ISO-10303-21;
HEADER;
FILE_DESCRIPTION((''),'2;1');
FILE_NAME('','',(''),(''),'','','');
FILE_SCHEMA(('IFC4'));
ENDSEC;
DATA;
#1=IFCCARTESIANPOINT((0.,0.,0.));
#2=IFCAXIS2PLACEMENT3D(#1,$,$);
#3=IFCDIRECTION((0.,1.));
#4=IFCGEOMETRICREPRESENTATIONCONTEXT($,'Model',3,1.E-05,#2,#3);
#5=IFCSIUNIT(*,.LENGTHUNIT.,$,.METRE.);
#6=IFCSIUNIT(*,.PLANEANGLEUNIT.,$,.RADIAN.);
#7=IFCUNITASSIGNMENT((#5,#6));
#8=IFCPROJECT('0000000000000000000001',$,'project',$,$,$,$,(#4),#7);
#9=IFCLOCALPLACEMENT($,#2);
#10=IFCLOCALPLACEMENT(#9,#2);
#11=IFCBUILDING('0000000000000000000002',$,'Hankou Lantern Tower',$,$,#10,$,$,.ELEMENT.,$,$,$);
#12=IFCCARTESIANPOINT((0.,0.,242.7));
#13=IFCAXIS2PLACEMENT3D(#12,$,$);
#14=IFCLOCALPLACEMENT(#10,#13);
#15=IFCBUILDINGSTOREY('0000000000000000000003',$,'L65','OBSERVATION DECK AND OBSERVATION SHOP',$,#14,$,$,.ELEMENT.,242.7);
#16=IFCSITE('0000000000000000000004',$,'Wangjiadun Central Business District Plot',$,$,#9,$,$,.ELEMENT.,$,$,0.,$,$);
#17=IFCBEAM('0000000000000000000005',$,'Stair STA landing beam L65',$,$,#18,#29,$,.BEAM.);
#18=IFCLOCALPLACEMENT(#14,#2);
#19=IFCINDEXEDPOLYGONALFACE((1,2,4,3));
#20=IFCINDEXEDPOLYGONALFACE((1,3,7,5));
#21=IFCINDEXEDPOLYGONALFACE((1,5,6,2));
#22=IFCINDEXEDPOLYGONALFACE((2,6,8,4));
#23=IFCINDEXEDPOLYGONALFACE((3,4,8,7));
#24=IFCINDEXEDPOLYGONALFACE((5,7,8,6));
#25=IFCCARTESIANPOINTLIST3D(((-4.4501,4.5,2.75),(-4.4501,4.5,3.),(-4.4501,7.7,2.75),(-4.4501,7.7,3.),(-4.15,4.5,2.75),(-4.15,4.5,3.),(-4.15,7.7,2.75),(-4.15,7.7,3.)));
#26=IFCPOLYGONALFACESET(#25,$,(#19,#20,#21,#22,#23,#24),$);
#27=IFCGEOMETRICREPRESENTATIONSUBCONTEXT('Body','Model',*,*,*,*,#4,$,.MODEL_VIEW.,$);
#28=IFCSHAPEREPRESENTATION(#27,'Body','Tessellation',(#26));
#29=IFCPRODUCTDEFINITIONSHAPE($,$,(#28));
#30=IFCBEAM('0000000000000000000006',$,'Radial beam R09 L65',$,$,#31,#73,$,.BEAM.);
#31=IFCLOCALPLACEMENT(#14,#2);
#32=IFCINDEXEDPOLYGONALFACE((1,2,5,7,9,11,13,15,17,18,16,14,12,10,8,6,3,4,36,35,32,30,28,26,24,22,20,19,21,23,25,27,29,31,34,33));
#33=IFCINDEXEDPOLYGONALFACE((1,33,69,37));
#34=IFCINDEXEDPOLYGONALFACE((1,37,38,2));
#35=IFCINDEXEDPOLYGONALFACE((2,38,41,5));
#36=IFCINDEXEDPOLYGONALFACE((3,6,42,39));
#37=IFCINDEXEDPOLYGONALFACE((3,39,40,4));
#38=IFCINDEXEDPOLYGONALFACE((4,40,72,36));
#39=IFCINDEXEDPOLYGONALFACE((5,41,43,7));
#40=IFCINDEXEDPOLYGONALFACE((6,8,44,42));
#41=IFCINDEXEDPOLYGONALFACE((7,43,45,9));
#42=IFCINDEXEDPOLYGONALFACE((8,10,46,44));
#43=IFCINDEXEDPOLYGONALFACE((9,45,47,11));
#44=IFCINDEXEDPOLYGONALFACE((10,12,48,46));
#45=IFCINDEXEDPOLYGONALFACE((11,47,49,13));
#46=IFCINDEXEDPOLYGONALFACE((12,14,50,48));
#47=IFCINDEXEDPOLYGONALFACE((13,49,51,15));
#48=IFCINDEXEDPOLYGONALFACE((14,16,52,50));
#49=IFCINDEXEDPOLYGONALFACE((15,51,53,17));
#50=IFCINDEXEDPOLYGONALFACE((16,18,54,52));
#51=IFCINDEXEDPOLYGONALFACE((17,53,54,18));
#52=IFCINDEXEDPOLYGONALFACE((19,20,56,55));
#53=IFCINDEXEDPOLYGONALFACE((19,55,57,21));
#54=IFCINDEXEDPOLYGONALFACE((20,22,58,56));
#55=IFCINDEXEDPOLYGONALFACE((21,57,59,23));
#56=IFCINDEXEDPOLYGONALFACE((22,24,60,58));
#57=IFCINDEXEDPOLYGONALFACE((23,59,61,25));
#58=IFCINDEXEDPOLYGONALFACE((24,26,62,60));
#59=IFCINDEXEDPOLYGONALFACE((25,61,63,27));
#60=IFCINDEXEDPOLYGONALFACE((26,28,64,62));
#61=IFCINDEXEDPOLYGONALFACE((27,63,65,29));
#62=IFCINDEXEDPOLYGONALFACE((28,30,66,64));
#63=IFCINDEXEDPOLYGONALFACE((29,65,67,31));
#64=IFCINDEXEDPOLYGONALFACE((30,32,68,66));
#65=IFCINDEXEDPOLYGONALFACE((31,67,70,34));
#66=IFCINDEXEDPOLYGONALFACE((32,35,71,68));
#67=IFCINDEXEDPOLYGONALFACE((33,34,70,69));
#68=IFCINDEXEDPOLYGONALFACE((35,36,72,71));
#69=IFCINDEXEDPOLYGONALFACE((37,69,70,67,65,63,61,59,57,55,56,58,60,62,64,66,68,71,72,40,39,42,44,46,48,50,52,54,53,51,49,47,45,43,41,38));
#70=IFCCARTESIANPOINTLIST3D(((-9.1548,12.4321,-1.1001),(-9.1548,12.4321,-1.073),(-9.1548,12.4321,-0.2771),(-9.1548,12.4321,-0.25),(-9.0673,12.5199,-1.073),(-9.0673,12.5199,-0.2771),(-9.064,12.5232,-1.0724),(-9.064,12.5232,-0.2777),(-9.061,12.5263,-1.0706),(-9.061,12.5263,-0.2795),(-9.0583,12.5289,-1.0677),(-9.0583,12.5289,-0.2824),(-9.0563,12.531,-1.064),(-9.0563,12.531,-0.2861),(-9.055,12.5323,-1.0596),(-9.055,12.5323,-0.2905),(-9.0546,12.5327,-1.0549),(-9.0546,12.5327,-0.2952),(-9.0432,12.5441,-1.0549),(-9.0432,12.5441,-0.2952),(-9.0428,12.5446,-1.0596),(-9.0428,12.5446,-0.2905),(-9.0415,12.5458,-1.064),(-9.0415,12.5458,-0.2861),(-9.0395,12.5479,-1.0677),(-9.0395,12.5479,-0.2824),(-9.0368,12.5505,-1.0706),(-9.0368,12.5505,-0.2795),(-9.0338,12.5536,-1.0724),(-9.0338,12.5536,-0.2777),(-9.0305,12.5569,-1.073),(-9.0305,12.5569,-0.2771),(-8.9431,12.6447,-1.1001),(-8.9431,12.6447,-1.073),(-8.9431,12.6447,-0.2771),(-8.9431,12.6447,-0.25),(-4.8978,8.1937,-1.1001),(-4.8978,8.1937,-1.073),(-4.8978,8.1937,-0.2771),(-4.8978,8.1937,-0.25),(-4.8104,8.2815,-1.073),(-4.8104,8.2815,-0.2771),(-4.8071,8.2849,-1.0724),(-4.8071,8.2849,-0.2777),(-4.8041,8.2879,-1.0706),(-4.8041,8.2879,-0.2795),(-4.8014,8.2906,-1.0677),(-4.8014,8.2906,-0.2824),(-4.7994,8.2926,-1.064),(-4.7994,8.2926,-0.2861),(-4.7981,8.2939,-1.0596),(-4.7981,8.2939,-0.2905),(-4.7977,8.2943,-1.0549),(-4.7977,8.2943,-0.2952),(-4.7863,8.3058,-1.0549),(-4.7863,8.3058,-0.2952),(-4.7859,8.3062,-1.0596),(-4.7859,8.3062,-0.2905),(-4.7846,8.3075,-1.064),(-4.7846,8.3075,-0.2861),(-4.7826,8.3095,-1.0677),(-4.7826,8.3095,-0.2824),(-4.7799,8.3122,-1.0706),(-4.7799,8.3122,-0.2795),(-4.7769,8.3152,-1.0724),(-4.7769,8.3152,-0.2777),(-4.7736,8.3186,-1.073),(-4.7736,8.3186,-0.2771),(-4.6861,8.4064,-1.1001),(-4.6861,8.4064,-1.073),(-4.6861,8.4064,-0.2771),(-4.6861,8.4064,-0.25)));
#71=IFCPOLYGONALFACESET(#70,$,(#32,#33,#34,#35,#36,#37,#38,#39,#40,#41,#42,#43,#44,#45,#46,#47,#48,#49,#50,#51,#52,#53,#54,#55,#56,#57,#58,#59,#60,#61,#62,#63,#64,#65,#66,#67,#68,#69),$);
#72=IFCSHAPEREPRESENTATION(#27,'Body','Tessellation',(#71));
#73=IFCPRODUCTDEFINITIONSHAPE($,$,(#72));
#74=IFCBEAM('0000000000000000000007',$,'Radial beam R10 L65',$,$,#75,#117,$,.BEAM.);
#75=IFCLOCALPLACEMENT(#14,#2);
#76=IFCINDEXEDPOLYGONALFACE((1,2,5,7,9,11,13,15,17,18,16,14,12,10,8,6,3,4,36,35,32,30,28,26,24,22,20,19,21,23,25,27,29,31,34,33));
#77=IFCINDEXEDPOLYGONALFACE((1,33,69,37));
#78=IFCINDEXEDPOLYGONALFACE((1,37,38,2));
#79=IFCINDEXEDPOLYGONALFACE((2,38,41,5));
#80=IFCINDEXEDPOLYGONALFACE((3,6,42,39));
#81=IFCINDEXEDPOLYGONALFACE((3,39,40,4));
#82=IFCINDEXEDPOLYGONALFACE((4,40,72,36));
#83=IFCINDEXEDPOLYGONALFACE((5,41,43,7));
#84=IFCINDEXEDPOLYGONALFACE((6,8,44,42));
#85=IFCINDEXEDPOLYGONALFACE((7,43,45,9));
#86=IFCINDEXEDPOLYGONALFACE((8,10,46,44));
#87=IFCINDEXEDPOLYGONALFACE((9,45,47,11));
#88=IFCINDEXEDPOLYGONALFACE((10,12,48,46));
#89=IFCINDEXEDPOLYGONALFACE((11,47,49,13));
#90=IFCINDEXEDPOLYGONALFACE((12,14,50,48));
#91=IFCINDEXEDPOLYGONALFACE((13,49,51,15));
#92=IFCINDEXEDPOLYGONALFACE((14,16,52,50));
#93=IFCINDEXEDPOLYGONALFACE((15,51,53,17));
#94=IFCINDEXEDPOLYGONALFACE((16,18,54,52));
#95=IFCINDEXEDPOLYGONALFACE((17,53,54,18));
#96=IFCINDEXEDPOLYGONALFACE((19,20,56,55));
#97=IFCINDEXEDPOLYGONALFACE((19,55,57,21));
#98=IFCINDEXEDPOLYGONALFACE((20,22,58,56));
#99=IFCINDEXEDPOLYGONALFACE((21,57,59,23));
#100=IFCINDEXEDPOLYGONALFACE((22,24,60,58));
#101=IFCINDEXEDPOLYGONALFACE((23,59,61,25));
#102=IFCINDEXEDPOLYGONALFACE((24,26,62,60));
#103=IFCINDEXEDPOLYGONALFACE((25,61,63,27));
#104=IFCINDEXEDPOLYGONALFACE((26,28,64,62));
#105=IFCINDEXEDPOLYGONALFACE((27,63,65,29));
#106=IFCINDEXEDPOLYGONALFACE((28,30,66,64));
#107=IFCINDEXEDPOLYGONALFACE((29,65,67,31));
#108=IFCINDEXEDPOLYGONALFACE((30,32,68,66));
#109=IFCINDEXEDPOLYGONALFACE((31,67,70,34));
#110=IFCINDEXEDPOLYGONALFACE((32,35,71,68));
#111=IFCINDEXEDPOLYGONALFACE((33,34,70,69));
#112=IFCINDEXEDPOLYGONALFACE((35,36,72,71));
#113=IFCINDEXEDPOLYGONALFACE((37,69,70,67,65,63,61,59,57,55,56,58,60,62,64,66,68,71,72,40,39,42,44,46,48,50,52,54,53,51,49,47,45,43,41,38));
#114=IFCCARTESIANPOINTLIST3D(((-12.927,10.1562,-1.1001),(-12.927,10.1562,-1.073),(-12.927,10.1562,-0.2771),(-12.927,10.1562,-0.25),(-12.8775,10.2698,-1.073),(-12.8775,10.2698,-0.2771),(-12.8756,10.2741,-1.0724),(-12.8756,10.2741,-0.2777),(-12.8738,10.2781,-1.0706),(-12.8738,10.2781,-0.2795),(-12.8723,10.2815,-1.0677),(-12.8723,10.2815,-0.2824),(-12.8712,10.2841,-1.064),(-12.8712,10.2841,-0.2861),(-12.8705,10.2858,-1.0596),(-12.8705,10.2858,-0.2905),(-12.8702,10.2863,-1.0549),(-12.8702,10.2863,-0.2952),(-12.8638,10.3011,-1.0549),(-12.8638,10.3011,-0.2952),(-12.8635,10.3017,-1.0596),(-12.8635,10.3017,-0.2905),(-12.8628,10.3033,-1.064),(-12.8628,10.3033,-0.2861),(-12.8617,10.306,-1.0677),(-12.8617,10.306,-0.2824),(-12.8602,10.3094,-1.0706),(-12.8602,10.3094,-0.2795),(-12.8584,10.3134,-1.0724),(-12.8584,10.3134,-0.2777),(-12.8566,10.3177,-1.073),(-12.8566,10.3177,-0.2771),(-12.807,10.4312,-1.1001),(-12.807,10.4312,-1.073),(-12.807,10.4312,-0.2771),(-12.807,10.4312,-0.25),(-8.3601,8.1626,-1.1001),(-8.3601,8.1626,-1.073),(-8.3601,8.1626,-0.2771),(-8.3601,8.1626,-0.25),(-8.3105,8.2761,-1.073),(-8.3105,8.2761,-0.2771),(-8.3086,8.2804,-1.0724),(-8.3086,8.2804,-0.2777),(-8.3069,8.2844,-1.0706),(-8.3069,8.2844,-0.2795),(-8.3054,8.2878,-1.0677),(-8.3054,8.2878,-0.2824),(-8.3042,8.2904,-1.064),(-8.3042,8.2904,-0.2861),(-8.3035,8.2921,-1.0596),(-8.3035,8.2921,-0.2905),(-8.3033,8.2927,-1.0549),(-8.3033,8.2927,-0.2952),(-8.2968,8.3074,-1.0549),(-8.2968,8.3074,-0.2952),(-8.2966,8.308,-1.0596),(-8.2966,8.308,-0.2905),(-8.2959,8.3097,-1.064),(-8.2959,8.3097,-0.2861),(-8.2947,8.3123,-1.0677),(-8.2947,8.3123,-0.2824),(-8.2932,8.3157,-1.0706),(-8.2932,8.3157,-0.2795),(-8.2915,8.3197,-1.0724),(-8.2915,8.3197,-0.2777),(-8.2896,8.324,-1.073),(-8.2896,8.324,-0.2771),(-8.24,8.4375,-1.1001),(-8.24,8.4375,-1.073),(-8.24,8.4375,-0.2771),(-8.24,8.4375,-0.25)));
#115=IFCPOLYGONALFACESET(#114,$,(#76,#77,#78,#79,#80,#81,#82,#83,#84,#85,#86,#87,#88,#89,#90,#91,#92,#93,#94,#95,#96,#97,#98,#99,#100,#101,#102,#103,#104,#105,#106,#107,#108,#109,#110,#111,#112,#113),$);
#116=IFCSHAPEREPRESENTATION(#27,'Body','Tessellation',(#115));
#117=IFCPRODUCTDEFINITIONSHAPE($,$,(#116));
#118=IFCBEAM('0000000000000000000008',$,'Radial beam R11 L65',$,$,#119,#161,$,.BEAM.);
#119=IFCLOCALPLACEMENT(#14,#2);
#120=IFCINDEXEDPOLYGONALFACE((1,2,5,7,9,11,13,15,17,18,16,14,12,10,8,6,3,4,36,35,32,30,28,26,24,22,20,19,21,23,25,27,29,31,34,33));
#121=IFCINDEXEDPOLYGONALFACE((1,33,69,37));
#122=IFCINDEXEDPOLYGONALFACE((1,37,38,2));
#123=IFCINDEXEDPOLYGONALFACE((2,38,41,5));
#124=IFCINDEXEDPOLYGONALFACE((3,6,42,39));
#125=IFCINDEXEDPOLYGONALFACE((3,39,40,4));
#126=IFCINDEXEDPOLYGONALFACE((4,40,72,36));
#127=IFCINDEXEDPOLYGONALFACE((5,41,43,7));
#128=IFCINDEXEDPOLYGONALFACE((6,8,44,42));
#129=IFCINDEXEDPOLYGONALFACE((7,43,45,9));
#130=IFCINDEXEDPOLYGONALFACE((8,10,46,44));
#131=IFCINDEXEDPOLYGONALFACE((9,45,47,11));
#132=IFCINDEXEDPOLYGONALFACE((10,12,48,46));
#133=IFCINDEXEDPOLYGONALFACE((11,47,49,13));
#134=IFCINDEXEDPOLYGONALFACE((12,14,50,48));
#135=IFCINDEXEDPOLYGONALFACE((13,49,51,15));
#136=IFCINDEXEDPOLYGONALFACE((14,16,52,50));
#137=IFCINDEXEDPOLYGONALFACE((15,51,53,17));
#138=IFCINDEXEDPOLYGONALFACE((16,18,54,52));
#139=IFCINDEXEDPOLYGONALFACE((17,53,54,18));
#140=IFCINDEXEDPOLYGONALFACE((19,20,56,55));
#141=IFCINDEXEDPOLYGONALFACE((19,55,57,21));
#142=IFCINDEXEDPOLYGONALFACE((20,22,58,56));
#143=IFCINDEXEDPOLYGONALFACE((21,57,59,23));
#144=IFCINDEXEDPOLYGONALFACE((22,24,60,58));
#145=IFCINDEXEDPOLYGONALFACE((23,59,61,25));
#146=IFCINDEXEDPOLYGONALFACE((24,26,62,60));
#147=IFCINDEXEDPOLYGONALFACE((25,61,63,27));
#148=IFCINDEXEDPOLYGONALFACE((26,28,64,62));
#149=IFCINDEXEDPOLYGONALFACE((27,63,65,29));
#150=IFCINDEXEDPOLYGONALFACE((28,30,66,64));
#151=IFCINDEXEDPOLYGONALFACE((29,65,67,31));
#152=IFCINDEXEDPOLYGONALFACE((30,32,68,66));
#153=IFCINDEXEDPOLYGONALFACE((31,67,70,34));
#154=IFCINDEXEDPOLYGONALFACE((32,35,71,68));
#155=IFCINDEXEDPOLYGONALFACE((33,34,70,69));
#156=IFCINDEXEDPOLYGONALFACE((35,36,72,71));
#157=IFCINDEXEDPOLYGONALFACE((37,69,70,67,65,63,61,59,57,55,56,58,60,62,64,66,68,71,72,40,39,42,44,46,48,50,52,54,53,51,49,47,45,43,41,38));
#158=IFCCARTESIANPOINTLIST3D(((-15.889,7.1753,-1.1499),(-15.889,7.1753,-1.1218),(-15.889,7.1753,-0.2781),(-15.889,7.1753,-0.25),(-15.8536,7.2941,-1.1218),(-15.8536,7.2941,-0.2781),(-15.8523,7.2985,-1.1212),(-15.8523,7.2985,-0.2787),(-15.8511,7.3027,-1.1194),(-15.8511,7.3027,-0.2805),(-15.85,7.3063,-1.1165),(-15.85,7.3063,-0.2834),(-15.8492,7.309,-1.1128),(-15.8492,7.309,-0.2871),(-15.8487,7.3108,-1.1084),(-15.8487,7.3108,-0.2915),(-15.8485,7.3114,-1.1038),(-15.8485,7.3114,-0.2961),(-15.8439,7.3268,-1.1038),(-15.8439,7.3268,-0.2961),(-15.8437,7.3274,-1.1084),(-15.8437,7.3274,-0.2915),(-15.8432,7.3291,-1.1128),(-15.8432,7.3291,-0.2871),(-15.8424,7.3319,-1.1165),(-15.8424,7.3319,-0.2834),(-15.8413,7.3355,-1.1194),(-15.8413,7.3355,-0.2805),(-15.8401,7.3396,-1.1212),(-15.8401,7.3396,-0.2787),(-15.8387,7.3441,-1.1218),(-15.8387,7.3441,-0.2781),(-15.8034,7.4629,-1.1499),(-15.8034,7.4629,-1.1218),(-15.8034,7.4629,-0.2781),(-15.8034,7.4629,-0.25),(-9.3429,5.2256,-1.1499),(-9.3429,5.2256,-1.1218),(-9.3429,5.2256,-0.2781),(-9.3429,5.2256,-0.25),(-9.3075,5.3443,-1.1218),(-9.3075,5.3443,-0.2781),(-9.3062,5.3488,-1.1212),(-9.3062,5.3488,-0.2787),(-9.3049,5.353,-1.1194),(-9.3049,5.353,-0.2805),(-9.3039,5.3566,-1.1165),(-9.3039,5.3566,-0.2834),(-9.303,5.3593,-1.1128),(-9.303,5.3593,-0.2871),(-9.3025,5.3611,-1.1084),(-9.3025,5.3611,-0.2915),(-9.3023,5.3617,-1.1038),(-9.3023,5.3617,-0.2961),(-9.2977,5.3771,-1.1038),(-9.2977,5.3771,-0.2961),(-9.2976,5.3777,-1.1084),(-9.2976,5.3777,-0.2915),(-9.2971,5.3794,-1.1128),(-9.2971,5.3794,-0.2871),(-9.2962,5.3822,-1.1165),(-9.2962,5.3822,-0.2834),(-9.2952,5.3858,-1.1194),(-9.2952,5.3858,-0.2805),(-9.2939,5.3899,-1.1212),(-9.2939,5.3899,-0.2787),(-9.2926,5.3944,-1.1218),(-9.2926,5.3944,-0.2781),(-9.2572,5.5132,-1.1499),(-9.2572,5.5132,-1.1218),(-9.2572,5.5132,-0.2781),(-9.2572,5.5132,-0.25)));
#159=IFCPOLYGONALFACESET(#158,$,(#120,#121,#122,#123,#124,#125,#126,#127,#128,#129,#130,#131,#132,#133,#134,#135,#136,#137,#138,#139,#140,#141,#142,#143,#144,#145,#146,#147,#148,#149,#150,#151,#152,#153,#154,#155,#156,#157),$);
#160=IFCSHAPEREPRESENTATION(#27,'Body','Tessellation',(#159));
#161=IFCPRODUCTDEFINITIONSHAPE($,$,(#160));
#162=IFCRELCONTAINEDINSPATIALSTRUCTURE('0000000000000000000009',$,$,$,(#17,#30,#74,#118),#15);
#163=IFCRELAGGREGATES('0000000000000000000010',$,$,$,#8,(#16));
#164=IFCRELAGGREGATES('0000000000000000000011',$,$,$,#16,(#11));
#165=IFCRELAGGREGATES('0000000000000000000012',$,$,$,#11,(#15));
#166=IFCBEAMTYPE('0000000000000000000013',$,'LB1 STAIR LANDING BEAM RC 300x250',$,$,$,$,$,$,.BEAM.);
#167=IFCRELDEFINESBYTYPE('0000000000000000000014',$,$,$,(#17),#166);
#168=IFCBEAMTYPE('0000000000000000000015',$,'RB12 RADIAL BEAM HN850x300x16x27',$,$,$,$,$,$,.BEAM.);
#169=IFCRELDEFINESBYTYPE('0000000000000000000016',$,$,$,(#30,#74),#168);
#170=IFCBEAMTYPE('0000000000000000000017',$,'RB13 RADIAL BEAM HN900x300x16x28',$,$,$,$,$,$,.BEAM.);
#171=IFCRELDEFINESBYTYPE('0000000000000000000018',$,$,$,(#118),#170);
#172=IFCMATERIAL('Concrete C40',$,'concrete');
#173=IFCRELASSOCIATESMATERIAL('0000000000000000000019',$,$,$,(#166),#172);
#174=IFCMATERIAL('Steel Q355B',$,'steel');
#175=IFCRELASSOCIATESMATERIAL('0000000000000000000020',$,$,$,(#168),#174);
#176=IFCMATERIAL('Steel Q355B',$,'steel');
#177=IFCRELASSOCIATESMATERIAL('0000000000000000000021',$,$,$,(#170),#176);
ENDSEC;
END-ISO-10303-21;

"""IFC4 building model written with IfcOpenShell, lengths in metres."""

from ifc_helpers import new_model, si_unit, direction, frame, origin, origin_2d, place, context, subcontext, project, spatial, rectangle, i_section, extrude, material, material_profile, profile_set, type_object, element, save


model = new_model("IFC4")

# Units and contexts
model_context = context("Model", 3, precision=1e-05, world=origin(), true_north=direction((0.0, 1.0)))
body_context = subcontext(model_context, "Body", "Model", "MODEL_VIEW")
ifc_project = project(units=[si_unit("LENGTHUNIT", "METRE"), si_unit("PLANEANGLEUNIT", "RADIAN")], contexts=[model_context])

# Site, building, storey
site_placement = place(None, origin())
site = spatial("IfcSite", under=ifc_project, at=site_placement, Name="Wangjiadun Central Business District Plot", CompositionType="ELEMENT", RefElevation=0.0)
building_placement = place(site_placement, origin())
building = spatial("IfcBuilding", under=site, at=building_placement, Name="Hankou Lantern Tower", CompositionType="ELEMENT")
storey_placement = place(building_placement, frame((0.0, 0.0, 242.7)))
storey = spatial("IfcBuildingStorey", under=building, at=storey_placement, Name="L65", Description="OBSERVATION DECK AND OBSERVATION SHOP", CompositionType="ELEMENT", Elevation=242.7)

# Beams
ifc_material_1 = material(Name="Concrete C40", Category="concrete")
ifc_material_profile_1 = material_profile(ifc_material_1, rectangle(XDim=0.3, YDim=0.25, at=origin_2d()), Name="RC 300x250")
ifc_profile_set_1 = profile_set([ifc_material_profile_1], Name="Concrete C40")
beam_type_1 = type_object("IfcBeamType", Name="LB1 STAIR LANDING BEAM RC 300x250", PredefinedType="BEAM", material=ifc_profile_set_1)
beam_1_placement = place(storey_placement, frame((-4.3, 4.5, 2.875), z_axis=(0.0, 1.0, 0.0), x_axis=(-1.0, 0.0, 0.0)))
element("IfcBeam", 1, at=beam_1_placement, inside=storey, type_object=beam_type_1, Name="Stair STA landing beam L65", PredefinedType="BEAM", context=body_context, shape_type="SweptSolid", body=[
    extrude(rectangle(XDim=0.3, YDim=0.25, at=origin_2d()), origin(), (0.0, 0.0, 1.0), 3.2),
])
ifc_material_2 = material(Name="Steel Q355B", Category="steel")
ifc_material_profile_2 = material_profile(ifc_material_2, i_section(OverallWidth=0.3, OverallDepth=0.8501, WebThickness=0.0161, FlangeThickness=0.0271, FilletRadius=0.0181, at=origin_2d()), Name="HN850x300x16x27")
ifc_profile_set_2 = profile_set([ifc_material_profile_2], Name="Steel Q355B")
beam_type_2 = type_object("IfcBeamType", Name="RB12 RADIAL BEAM HN850x300x16x27", PredefinedType="BEAM", material=ifc_profile_set_2)
beam_2_placement = place(storey_placement, frame((-4.792, 8.3, -0.675), z_axis=(-0.70865, 0.705561, 0.0), x_axis=(-0.705561, -0.70865, 0.0)))
element("IfcBeam", 2, at=beam_2_placement, inside=storey, type_object=beam_type_2, Name="Radial beam R09 L65", PredefinedType="BEAM", context=body_context, shape_type="SweptSolid", body=[
    extrude(i_section(OverallWidth=0.3, OverallDepth=0.8501, WebThickness=0.0161, FlangeThickness=0.0271, FilletRadius=0.0181, at=origin_2d()), origin(), (0.0, 0.0, 1.0), 6.0071),
])
beam_3_placement = place(storey_placement, frame((-8.3, 8.3, -0.675), z_axis=(-0.916479, 0.400084, 0.0), x_axis=(-0.400084, -0.916479, 0.0)))
element("IfcBeam", 3, at=beam_3_placement, inside=storey, type_object=beam_type_2, Name="Radial beam R10 L65", PredefinedType="BEAM", context=body_context, shape_type="SweptSolid", body=[
    extrude(i_section(OverallWidth=0.3, OverallDepth=0.8501, WebThickness=0.0161, FlangeThickness=0.0271, FilletRadius=0.0181, at=origin_2d()), origin(), (0.0, 0.0, 1.0), 4.9832),
])
ifc_material_3 = material(Name="Steel Q355B", Category="steel")
ifc_material_profile_3 = material_profile(ifc_material_3, i_section(OverallWidth=0.3, OverallDepth=0.8999, WebThickness=0.0161, FlangeThickness=0.0281, FilletRadius=0.0181, at=origin_2d()), Name="HN900x300x16x28")
ifc_profile_set_3 = profile_set([ifc_material_profile_3], Name="Steel Q355B")
beam_type_3 = type_object("IfcBeamType", Name="RB13 RADIAL BEAM HN900x300x16x28", PredefinedType="BEAM", material=ifc_profile_set_3)
beam_4_placement = place(storey_placement, frame((-9.3, 5.3694, -0.7), z_axis=(-0.958394, 0.285449, 0.0), x_axis=(-0.285449, -0.958394, 0.0)))
element("IfcBeam", 4, at=beam_4_placement, inside=storey, type_object=beam_type_3, Name="Radial beam R11 L65", PredefinedType="BEAM", context=body_context, shape_type="SweptSolid", body=[
    extrude(i_section(OverallWidth=0.3, OverallDepth=0.8999, WebThickness=0.0161, FlangeThickness=0.0281, FilletRadius=0.0181, at=origin_2d()), origin(), (0.0, 0.0, 1.0), 6.8303),
])

save(model, "model.ifc")
